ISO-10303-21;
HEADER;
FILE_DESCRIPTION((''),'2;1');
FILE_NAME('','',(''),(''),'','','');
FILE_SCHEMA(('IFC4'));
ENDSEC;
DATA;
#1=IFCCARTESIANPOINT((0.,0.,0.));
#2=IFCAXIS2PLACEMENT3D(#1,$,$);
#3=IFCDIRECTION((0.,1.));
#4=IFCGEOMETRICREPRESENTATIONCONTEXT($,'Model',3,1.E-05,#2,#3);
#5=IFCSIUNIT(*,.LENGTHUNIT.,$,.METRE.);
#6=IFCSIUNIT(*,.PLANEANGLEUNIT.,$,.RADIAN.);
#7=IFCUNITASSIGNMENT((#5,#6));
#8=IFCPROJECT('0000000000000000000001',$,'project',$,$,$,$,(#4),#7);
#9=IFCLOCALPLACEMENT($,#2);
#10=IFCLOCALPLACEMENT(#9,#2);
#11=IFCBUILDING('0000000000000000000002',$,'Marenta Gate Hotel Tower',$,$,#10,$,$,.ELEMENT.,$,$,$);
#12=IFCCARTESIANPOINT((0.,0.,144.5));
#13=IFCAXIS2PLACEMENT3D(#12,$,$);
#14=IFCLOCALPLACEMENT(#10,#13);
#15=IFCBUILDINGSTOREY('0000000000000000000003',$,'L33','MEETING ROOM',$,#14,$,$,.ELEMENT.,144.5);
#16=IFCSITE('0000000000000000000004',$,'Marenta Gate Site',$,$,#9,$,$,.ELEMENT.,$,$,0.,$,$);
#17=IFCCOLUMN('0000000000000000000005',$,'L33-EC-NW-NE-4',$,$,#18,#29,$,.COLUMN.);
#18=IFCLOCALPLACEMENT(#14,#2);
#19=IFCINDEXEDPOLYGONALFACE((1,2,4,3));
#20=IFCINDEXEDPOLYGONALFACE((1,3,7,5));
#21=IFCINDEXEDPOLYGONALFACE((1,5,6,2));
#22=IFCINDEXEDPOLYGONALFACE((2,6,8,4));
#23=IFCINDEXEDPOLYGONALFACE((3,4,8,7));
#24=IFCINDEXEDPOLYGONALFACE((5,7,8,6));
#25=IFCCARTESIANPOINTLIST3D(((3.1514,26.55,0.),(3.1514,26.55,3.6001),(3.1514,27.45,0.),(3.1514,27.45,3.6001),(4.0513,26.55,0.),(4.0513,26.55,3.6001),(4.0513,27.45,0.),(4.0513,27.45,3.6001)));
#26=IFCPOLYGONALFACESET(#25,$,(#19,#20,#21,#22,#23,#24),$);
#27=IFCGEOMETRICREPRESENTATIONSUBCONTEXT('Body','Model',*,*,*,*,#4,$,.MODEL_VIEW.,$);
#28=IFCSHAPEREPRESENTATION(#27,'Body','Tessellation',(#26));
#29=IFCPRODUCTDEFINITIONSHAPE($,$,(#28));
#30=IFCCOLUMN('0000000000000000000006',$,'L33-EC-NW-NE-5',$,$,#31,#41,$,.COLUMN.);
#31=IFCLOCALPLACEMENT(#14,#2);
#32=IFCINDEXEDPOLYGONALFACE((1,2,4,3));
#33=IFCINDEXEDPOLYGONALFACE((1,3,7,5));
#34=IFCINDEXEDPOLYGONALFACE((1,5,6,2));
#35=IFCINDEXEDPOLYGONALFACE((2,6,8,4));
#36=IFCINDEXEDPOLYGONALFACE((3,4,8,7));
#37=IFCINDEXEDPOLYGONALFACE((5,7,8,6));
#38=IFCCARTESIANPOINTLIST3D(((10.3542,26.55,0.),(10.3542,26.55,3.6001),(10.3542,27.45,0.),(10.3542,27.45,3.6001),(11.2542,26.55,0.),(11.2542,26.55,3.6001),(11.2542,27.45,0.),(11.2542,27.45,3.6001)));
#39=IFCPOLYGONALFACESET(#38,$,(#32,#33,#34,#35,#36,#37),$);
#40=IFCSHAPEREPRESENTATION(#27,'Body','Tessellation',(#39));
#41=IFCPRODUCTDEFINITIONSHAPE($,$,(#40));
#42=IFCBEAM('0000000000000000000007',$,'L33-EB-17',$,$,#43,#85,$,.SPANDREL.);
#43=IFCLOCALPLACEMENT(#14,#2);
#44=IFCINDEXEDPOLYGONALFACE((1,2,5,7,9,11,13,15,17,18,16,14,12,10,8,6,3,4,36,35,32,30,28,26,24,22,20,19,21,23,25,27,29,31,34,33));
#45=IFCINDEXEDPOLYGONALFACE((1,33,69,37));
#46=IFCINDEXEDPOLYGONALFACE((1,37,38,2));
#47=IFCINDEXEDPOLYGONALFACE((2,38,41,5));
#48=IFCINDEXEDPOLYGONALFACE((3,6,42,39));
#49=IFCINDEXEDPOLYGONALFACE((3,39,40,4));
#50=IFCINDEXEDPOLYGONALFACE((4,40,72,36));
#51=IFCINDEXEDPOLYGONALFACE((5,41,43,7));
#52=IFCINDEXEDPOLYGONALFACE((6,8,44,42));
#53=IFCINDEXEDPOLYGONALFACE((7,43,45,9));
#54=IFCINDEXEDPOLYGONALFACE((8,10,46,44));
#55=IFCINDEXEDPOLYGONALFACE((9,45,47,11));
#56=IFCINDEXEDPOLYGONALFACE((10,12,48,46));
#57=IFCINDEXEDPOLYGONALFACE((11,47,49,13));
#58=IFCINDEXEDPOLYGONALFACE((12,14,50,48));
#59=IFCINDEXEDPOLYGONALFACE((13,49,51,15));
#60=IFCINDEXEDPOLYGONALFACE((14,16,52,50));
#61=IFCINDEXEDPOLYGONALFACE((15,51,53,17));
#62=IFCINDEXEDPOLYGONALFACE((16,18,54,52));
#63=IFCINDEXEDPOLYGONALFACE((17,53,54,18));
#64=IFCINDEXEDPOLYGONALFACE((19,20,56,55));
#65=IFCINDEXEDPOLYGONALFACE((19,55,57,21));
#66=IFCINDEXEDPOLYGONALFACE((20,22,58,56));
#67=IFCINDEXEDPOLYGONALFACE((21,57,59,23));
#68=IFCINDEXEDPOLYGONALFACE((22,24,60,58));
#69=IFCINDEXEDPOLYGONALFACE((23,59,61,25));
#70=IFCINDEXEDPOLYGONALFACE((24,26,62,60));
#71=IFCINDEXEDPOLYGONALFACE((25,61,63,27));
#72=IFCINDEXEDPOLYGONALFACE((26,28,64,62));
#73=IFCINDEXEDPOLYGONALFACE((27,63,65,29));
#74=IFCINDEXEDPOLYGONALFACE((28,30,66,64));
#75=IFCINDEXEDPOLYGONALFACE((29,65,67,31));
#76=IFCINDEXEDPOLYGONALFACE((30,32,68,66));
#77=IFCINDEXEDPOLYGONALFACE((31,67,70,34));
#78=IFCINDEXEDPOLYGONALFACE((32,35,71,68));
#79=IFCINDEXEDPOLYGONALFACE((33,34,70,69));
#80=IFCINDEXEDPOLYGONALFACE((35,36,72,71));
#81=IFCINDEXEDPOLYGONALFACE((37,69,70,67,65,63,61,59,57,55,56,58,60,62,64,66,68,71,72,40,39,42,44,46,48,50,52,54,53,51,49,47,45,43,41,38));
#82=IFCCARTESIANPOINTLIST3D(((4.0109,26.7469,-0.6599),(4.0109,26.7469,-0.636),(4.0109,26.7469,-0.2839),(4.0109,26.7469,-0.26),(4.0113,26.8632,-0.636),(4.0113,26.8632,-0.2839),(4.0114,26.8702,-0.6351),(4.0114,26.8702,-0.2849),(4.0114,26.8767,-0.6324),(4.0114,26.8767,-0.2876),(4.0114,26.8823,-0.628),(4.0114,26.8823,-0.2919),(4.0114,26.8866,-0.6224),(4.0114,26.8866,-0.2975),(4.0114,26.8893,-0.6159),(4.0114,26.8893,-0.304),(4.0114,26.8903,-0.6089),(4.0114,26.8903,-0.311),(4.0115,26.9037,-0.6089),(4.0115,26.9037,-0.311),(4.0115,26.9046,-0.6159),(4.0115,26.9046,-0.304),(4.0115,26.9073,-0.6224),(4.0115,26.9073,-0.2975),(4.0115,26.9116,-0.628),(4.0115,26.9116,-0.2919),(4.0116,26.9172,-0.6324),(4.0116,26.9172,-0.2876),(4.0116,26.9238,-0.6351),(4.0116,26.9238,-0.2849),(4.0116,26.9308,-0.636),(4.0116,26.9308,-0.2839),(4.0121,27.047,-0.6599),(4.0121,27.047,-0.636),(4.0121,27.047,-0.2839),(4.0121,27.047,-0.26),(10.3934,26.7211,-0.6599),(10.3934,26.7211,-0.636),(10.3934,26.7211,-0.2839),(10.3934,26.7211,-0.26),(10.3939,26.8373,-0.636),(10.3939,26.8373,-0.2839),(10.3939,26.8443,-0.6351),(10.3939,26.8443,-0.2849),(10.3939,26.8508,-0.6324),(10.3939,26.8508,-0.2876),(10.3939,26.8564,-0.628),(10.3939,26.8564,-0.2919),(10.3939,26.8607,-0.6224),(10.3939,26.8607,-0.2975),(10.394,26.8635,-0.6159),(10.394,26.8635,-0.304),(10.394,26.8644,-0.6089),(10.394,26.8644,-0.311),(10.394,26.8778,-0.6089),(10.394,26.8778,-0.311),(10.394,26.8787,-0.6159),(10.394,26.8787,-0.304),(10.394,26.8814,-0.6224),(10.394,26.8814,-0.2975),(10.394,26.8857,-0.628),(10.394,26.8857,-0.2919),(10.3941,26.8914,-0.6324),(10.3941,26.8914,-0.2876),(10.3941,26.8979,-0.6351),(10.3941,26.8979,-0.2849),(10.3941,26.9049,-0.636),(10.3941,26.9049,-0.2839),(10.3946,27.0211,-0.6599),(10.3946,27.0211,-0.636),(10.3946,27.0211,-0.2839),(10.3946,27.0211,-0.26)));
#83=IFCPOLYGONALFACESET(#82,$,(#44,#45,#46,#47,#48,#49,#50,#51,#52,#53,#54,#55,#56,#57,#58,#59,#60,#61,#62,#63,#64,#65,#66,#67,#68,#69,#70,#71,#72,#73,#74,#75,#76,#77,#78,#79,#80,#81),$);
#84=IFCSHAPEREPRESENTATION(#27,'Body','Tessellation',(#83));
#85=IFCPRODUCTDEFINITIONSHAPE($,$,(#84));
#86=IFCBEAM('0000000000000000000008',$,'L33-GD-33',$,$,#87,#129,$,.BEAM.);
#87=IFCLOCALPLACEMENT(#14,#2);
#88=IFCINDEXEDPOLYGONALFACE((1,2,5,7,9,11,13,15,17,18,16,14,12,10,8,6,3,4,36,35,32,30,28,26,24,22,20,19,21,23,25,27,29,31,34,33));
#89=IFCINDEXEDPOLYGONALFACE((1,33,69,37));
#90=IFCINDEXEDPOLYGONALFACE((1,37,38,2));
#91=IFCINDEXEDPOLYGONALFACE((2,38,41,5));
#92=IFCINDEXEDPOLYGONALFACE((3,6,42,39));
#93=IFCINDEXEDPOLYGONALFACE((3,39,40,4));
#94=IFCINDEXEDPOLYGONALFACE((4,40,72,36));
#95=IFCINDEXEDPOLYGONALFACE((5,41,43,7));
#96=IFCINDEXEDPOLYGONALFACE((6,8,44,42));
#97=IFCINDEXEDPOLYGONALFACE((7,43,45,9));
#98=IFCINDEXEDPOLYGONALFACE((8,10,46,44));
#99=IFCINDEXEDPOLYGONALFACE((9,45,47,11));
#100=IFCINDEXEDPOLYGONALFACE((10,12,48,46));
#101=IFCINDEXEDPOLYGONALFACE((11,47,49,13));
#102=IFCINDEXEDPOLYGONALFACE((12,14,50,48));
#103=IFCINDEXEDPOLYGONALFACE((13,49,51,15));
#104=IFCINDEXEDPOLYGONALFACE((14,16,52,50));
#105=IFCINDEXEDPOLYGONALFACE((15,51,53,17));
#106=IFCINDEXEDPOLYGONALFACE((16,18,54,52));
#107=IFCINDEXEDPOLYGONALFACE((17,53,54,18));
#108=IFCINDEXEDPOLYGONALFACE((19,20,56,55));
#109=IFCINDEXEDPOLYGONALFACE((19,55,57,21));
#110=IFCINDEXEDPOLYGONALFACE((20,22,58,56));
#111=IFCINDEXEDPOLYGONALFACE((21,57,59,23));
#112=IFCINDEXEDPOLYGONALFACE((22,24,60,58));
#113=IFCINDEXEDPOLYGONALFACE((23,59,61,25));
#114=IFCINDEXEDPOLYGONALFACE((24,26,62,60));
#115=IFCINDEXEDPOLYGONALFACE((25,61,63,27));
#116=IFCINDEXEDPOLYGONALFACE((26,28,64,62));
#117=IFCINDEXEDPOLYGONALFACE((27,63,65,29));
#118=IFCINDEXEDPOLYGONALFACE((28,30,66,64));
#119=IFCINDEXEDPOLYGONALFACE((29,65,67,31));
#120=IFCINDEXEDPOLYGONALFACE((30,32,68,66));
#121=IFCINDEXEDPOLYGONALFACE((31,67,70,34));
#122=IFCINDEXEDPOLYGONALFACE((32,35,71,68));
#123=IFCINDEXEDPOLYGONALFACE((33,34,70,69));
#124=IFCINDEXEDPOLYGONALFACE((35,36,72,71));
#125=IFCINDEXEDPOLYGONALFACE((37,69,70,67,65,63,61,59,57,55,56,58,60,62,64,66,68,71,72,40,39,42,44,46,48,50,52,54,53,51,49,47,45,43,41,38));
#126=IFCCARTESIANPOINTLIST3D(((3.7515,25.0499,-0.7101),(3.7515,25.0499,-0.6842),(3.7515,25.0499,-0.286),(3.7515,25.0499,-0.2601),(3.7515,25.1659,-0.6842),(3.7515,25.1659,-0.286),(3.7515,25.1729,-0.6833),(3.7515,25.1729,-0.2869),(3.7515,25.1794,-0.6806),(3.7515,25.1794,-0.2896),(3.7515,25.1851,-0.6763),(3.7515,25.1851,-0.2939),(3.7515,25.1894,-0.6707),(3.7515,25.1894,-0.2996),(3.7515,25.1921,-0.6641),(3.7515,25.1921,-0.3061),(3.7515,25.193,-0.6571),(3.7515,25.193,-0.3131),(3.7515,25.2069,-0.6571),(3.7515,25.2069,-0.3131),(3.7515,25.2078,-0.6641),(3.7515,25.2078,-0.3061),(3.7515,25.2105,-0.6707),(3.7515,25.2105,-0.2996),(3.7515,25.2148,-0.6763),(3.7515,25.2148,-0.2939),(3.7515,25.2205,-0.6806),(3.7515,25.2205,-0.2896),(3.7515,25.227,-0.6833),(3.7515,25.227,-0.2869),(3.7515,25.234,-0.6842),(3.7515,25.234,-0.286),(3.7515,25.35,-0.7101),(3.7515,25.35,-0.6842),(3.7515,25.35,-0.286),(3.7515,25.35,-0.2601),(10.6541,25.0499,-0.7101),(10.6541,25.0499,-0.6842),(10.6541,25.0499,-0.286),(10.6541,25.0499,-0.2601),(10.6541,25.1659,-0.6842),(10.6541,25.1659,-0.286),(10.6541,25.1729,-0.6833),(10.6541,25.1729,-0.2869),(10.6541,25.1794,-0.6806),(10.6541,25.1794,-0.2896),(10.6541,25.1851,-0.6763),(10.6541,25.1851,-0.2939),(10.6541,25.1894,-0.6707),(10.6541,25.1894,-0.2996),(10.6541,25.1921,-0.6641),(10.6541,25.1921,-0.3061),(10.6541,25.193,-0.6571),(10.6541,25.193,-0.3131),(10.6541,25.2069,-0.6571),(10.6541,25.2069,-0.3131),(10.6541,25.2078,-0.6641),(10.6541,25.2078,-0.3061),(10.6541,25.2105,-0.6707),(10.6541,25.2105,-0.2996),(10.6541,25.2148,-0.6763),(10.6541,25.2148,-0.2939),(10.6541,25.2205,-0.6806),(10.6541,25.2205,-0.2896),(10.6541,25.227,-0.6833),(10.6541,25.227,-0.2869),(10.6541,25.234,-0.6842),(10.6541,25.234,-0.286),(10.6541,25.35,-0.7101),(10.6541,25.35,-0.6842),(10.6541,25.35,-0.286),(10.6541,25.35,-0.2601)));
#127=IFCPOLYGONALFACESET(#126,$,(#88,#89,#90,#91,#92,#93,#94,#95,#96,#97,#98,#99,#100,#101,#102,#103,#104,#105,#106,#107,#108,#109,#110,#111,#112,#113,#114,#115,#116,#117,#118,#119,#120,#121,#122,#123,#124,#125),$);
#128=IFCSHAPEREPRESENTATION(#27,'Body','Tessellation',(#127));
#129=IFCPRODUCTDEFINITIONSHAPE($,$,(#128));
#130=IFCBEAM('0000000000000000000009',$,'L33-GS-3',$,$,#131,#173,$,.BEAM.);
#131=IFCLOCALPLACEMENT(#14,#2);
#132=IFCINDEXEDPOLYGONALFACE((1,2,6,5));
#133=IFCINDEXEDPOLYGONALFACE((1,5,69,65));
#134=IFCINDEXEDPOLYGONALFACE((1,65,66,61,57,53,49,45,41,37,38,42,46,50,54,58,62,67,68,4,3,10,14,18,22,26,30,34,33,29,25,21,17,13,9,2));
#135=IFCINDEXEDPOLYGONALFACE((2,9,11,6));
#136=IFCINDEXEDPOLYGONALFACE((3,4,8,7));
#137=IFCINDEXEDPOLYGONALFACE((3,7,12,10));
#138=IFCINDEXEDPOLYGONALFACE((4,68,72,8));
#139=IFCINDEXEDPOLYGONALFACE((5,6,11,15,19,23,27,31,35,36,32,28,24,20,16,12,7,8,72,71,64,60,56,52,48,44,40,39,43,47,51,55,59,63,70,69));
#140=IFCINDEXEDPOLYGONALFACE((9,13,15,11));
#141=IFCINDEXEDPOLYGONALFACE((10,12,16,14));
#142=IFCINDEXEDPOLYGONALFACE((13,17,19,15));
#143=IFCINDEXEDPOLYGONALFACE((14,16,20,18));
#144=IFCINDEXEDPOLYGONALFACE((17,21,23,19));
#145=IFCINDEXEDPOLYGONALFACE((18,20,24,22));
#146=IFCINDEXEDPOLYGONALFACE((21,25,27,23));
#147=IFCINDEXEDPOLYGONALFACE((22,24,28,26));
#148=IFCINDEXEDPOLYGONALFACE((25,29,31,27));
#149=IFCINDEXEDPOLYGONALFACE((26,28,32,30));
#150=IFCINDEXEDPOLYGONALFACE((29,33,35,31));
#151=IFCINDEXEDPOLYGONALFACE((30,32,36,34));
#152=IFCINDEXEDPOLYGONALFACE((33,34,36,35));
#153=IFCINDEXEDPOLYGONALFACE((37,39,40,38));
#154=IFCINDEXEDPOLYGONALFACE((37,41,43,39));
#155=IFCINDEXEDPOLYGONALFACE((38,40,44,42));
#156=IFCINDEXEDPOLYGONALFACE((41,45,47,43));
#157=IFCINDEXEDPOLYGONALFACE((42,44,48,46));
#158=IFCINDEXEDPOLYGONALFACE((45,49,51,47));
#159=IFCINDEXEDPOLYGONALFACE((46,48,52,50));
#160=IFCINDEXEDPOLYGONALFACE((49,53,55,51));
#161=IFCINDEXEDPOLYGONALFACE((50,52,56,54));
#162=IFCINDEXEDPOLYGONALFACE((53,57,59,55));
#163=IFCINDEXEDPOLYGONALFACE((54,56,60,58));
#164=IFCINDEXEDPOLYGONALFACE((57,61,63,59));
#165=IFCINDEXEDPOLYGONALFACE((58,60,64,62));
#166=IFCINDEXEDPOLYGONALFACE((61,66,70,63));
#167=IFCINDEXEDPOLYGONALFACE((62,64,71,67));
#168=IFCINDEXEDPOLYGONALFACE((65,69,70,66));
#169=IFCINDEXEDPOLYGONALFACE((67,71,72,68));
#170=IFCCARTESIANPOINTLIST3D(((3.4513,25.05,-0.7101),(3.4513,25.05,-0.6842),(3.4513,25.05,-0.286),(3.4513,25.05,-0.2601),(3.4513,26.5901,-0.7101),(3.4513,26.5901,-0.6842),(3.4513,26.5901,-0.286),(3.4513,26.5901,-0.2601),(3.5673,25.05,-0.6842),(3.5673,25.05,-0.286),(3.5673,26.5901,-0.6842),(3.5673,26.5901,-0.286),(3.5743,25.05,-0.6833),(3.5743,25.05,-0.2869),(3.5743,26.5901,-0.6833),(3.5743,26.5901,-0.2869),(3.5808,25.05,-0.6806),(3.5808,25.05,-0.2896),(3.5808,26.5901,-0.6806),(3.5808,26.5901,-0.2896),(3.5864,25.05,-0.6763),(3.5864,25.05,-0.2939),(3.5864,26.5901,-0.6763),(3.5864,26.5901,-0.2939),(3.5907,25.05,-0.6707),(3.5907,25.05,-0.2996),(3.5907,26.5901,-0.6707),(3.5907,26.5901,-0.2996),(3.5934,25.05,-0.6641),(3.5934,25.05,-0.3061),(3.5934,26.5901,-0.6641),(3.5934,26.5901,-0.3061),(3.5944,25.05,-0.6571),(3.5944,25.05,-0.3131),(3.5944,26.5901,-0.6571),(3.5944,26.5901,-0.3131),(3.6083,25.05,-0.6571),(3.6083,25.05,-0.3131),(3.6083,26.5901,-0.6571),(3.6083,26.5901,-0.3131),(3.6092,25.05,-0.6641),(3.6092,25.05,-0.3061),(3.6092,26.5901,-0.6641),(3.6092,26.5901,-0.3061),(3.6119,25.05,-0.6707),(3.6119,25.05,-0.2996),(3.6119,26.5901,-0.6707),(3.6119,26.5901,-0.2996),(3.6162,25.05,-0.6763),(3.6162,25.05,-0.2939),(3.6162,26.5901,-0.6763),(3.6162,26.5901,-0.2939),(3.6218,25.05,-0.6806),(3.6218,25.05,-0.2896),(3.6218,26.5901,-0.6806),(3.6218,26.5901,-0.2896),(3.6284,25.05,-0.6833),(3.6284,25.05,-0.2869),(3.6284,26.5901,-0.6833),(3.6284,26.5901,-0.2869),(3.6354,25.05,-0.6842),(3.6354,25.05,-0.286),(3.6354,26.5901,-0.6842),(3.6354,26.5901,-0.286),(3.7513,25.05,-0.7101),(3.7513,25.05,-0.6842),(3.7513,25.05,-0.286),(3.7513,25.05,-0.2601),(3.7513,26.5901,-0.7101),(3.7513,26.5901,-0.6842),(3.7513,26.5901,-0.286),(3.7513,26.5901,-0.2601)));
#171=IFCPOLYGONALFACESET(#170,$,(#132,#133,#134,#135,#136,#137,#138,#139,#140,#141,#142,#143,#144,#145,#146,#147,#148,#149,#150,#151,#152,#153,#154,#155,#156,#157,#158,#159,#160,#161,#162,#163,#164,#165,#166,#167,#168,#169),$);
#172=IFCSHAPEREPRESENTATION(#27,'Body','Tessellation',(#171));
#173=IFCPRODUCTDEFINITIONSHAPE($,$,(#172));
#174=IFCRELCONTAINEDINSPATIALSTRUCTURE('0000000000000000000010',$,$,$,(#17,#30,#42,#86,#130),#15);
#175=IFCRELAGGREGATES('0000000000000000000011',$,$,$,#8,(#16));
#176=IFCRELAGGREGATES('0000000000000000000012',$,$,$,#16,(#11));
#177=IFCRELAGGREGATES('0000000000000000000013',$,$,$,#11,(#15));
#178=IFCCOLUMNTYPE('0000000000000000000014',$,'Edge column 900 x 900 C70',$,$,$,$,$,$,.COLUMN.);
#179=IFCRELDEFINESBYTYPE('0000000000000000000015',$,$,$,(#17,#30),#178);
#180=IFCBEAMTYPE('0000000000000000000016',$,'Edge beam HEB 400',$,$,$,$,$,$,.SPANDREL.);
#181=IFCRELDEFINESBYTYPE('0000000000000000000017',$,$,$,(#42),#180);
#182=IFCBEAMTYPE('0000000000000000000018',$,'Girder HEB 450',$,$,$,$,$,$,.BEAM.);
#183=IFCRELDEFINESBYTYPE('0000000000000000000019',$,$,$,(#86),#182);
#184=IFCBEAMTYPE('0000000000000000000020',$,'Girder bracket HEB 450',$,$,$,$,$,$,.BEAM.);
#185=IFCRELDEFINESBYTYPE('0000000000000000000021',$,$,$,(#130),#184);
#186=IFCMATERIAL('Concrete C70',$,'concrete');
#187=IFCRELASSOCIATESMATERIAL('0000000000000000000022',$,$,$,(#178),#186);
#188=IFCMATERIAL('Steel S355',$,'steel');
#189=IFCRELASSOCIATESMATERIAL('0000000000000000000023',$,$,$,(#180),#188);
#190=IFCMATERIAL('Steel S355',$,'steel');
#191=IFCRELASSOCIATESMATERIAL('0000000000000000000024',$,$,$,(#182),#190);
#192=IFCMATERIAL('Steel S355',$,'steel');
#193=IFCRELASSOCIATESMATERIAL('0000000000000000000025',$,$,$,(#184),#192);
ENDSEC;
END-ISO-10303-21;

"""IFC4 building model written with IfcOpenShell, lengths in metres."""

from ifc_helpers import new_model, si_unit, direction, frame, origin, origin_2d, place, context, subcontext, project, spatial, rectangle, i_section, extrude, material, material_profile, profile_set, type_object, element, save


model = new_model("IFC4")

# Units and contexts
model_context = context("Model", 3, precision=1e-05, world=origin(), true_north=direction((0.0, 1.0)))
body_context = subcontext(model_context, "Body", "Model", "MODEL_VIEW")
ifc_project = project(units=[si_unit("LENGTHUNIT", "METRE"), si_unit("PLANEANGLEUNIT", "RADIAN")], contexts=[model_context])

# Site, building, storey
site_placement = place(None, origin())
site = spatial("IfcSite", under=ifc_project, at=site_placement, Name="Marenta Gate Site", CompositionType="ELEMENT", RefElevation=0.0)
building_placement = place(site_placement, origin())
building = spatial("IfcBuilding", under=site, at=building_placement, Name="Marenta Gate Hotel Tower", CompositionType="ELEMENT")
storey_placement = place(building_placement, frame((0.0, 0.0, 144.5)))
storey = spatial("IfcBuildingStorey", under=building, at=storey_placement, Name="L33", Description="MEETING ROOM", CompositionType="ELEMENT", Elevation=144.5)

# Columns
ifc_material_1 = material(Name="Concrete C70", Category="concrete")
ifc_material_profile_1 = material_profile(ifc_material_1, rectangle(XDim=0.8999, YDim=0.8999, at=origin_2d()), Name="900 x 900")
ifc_profile_set_1 = profile_set([ifc_material_profile_1], Name="Concrete C70")
column_type = type_object("IfcColumnType", Name="Edge column 900 x 900 C70", PredefinedType="COLUMN", material=ifc_profile_set_1)
for number, where, z_axis, x_axis, name in (
    (1, (3.6013, 27.0, 0.0), (0.0, 0.0, 1.0), (1.0, 0.0, 0.0), "L33-EC-NW-NE-4"),
    (2, (10.8042, 27.0, 0.0), (0.0, 0.0, 1.0), (1.0, 0.0, 0.0), "L33-EC-NW-NE-5"),
):
    element("IfcColumn", number, at=place(storey_placement, frame(where, z_axis=z_axis, x_axis=x_axis)), inside=storey, type_object=column_type, Name=name, PredefinedType="COLUMN", context=body_context, shape_type="SweptSolid", body=[
        extrude(rectangle(XDim=0.8999, YDim=0.8999, at=origin_2d()), origin(), (0.0, 0.0, 1.0), 3.6001),
    ])

# Beams
ifc_material_2 = material(Name="Steel S355", Category="steel")
ifc_material_profile_2 = material_profile(ifc_material_2, i_section(OverallWidth=0.3, OverallDepth=0.3999, WebThickness=0.0134, FlangeThickness=0.0239, FilletRadius=0.0271, at=origin_2d()), Name="HEB 400")
ifc_profile_set_2 = profile_set([ifc_material_profile_2], Name="Steel S355")
beam_type_1 = type_object("IfcBeamType", Name="Edge beam HEB 400", PredefinedType="SPANDREL", material=ifc_profile_set_2)
beam_1_placement = place(storey_placement, frame((4.0115, 26.897, -0.46), z_axis=(0.999992, -0.004055, 0.0), x_axis=(0.004055, 0.999992, 0.0)))
element("IfcBeam", 3, at=beam_1_placement, inside=storey, type_object=beam_type_1, Name="L33-EB-17", PredefinedType="SPANDREL", context=body_context, shape_type="SweptSolid", body=[
    extrude(i_section(OverallWidth=0.3, OverallDepth=0.3999, WebThickness=0.0134, FlangeThickness=0.0239, FilletRadius=0.0271, at=origin_2d()), origin(), (0.0, 0.0, 1.0), 6.3826),
])
ifc_material_3 = material(Name="Steel S355", Category="steel")
ifc_material_profile_3 = material_profile(ifc_material_3, i_section(OverallWidth=0.3, OverallDepth=0.45, WebThickness=0.0139, FlangeThickness=0.0259, FilletRadius=0.0271, at=origin_2d()), Name="HEB 450")
ifc_profile_set_3 = profile_set([ifc_material_profile_3], Name="Steel S355")
beam_type_2 = type_object("IfcBeamType", Name="Girder HEB 450", PredefinedType="BEAM", material=ifc_profile_set_3)
beam_2_placement = place(storey_placement, frame((3.7515, 25.2, -0.4851), z_axis=(1.0, 0.0, 0.0), x_axis=(0.0, 1.0, 0.0)))
element("IfcBeam", 4, at=beam_2_placement, inside=storey, type_object=beam_type_2, Name="L33-GD-33", PredefinedType="BEAM", context=body_context, shape_type="SweptSolid", body=[
    extrude(i_section(OverallWidth=0.3, OverallDepth=0.45, WebThickness=0.0139, FlangeThickness=0.0259, FilletRadius=0.0271, at=origin_2d()), origin(), (0.0, 0.0, 1.0), 6.9026),
])
ifc_material_4 = material(Name="Steel S355", Category="steel")
ifc_material_profile_4 = material_profile(ifc_material_4, i_section(OverallWidth=0.3, OverallDepth=0.45, WebThickness=0.0139, FlangeThickness=0.0259, FilletRadius=0.0271, at=origin_2d()), Name="HEB 450")
ifc_profile_set_4 = profile_set([ifc_material_profile_4], Name="Steel S355")
beam_type_3 = type_object("IfcBeamType", Name="Girder bracket HEB 450", PredefinedType="BEAM", material=ifc_profile_set_4)
for number, where, z_axis, x_axis, name in (
    (5, (3.6013, 25.05, -0.4851), (0.0, 1.0, 0.0), (-1.0, 0.0, 0.0), "L33-GS-3"),
):
    element("IfcBeam", number, at=place(storey_placement, frame(where, z_axis=z_axis, x_axis=x_axis)), inside=storey, type_object=beam_type_3, Name=name, PredefinedType="BEAM", context=body_context, shape_type="SweptSolid", body=[
        extrude(i_section(OverallWidth=0.3, OverallDepth=0.45, WebThickness=0.0139, FlangeThickness=0.0259, FilletRadius=0.0271, at=origin_2d()), origin(), (0.0, 0.0, 1.0), 1.54),
    ])

save(model, "model.ifc")
